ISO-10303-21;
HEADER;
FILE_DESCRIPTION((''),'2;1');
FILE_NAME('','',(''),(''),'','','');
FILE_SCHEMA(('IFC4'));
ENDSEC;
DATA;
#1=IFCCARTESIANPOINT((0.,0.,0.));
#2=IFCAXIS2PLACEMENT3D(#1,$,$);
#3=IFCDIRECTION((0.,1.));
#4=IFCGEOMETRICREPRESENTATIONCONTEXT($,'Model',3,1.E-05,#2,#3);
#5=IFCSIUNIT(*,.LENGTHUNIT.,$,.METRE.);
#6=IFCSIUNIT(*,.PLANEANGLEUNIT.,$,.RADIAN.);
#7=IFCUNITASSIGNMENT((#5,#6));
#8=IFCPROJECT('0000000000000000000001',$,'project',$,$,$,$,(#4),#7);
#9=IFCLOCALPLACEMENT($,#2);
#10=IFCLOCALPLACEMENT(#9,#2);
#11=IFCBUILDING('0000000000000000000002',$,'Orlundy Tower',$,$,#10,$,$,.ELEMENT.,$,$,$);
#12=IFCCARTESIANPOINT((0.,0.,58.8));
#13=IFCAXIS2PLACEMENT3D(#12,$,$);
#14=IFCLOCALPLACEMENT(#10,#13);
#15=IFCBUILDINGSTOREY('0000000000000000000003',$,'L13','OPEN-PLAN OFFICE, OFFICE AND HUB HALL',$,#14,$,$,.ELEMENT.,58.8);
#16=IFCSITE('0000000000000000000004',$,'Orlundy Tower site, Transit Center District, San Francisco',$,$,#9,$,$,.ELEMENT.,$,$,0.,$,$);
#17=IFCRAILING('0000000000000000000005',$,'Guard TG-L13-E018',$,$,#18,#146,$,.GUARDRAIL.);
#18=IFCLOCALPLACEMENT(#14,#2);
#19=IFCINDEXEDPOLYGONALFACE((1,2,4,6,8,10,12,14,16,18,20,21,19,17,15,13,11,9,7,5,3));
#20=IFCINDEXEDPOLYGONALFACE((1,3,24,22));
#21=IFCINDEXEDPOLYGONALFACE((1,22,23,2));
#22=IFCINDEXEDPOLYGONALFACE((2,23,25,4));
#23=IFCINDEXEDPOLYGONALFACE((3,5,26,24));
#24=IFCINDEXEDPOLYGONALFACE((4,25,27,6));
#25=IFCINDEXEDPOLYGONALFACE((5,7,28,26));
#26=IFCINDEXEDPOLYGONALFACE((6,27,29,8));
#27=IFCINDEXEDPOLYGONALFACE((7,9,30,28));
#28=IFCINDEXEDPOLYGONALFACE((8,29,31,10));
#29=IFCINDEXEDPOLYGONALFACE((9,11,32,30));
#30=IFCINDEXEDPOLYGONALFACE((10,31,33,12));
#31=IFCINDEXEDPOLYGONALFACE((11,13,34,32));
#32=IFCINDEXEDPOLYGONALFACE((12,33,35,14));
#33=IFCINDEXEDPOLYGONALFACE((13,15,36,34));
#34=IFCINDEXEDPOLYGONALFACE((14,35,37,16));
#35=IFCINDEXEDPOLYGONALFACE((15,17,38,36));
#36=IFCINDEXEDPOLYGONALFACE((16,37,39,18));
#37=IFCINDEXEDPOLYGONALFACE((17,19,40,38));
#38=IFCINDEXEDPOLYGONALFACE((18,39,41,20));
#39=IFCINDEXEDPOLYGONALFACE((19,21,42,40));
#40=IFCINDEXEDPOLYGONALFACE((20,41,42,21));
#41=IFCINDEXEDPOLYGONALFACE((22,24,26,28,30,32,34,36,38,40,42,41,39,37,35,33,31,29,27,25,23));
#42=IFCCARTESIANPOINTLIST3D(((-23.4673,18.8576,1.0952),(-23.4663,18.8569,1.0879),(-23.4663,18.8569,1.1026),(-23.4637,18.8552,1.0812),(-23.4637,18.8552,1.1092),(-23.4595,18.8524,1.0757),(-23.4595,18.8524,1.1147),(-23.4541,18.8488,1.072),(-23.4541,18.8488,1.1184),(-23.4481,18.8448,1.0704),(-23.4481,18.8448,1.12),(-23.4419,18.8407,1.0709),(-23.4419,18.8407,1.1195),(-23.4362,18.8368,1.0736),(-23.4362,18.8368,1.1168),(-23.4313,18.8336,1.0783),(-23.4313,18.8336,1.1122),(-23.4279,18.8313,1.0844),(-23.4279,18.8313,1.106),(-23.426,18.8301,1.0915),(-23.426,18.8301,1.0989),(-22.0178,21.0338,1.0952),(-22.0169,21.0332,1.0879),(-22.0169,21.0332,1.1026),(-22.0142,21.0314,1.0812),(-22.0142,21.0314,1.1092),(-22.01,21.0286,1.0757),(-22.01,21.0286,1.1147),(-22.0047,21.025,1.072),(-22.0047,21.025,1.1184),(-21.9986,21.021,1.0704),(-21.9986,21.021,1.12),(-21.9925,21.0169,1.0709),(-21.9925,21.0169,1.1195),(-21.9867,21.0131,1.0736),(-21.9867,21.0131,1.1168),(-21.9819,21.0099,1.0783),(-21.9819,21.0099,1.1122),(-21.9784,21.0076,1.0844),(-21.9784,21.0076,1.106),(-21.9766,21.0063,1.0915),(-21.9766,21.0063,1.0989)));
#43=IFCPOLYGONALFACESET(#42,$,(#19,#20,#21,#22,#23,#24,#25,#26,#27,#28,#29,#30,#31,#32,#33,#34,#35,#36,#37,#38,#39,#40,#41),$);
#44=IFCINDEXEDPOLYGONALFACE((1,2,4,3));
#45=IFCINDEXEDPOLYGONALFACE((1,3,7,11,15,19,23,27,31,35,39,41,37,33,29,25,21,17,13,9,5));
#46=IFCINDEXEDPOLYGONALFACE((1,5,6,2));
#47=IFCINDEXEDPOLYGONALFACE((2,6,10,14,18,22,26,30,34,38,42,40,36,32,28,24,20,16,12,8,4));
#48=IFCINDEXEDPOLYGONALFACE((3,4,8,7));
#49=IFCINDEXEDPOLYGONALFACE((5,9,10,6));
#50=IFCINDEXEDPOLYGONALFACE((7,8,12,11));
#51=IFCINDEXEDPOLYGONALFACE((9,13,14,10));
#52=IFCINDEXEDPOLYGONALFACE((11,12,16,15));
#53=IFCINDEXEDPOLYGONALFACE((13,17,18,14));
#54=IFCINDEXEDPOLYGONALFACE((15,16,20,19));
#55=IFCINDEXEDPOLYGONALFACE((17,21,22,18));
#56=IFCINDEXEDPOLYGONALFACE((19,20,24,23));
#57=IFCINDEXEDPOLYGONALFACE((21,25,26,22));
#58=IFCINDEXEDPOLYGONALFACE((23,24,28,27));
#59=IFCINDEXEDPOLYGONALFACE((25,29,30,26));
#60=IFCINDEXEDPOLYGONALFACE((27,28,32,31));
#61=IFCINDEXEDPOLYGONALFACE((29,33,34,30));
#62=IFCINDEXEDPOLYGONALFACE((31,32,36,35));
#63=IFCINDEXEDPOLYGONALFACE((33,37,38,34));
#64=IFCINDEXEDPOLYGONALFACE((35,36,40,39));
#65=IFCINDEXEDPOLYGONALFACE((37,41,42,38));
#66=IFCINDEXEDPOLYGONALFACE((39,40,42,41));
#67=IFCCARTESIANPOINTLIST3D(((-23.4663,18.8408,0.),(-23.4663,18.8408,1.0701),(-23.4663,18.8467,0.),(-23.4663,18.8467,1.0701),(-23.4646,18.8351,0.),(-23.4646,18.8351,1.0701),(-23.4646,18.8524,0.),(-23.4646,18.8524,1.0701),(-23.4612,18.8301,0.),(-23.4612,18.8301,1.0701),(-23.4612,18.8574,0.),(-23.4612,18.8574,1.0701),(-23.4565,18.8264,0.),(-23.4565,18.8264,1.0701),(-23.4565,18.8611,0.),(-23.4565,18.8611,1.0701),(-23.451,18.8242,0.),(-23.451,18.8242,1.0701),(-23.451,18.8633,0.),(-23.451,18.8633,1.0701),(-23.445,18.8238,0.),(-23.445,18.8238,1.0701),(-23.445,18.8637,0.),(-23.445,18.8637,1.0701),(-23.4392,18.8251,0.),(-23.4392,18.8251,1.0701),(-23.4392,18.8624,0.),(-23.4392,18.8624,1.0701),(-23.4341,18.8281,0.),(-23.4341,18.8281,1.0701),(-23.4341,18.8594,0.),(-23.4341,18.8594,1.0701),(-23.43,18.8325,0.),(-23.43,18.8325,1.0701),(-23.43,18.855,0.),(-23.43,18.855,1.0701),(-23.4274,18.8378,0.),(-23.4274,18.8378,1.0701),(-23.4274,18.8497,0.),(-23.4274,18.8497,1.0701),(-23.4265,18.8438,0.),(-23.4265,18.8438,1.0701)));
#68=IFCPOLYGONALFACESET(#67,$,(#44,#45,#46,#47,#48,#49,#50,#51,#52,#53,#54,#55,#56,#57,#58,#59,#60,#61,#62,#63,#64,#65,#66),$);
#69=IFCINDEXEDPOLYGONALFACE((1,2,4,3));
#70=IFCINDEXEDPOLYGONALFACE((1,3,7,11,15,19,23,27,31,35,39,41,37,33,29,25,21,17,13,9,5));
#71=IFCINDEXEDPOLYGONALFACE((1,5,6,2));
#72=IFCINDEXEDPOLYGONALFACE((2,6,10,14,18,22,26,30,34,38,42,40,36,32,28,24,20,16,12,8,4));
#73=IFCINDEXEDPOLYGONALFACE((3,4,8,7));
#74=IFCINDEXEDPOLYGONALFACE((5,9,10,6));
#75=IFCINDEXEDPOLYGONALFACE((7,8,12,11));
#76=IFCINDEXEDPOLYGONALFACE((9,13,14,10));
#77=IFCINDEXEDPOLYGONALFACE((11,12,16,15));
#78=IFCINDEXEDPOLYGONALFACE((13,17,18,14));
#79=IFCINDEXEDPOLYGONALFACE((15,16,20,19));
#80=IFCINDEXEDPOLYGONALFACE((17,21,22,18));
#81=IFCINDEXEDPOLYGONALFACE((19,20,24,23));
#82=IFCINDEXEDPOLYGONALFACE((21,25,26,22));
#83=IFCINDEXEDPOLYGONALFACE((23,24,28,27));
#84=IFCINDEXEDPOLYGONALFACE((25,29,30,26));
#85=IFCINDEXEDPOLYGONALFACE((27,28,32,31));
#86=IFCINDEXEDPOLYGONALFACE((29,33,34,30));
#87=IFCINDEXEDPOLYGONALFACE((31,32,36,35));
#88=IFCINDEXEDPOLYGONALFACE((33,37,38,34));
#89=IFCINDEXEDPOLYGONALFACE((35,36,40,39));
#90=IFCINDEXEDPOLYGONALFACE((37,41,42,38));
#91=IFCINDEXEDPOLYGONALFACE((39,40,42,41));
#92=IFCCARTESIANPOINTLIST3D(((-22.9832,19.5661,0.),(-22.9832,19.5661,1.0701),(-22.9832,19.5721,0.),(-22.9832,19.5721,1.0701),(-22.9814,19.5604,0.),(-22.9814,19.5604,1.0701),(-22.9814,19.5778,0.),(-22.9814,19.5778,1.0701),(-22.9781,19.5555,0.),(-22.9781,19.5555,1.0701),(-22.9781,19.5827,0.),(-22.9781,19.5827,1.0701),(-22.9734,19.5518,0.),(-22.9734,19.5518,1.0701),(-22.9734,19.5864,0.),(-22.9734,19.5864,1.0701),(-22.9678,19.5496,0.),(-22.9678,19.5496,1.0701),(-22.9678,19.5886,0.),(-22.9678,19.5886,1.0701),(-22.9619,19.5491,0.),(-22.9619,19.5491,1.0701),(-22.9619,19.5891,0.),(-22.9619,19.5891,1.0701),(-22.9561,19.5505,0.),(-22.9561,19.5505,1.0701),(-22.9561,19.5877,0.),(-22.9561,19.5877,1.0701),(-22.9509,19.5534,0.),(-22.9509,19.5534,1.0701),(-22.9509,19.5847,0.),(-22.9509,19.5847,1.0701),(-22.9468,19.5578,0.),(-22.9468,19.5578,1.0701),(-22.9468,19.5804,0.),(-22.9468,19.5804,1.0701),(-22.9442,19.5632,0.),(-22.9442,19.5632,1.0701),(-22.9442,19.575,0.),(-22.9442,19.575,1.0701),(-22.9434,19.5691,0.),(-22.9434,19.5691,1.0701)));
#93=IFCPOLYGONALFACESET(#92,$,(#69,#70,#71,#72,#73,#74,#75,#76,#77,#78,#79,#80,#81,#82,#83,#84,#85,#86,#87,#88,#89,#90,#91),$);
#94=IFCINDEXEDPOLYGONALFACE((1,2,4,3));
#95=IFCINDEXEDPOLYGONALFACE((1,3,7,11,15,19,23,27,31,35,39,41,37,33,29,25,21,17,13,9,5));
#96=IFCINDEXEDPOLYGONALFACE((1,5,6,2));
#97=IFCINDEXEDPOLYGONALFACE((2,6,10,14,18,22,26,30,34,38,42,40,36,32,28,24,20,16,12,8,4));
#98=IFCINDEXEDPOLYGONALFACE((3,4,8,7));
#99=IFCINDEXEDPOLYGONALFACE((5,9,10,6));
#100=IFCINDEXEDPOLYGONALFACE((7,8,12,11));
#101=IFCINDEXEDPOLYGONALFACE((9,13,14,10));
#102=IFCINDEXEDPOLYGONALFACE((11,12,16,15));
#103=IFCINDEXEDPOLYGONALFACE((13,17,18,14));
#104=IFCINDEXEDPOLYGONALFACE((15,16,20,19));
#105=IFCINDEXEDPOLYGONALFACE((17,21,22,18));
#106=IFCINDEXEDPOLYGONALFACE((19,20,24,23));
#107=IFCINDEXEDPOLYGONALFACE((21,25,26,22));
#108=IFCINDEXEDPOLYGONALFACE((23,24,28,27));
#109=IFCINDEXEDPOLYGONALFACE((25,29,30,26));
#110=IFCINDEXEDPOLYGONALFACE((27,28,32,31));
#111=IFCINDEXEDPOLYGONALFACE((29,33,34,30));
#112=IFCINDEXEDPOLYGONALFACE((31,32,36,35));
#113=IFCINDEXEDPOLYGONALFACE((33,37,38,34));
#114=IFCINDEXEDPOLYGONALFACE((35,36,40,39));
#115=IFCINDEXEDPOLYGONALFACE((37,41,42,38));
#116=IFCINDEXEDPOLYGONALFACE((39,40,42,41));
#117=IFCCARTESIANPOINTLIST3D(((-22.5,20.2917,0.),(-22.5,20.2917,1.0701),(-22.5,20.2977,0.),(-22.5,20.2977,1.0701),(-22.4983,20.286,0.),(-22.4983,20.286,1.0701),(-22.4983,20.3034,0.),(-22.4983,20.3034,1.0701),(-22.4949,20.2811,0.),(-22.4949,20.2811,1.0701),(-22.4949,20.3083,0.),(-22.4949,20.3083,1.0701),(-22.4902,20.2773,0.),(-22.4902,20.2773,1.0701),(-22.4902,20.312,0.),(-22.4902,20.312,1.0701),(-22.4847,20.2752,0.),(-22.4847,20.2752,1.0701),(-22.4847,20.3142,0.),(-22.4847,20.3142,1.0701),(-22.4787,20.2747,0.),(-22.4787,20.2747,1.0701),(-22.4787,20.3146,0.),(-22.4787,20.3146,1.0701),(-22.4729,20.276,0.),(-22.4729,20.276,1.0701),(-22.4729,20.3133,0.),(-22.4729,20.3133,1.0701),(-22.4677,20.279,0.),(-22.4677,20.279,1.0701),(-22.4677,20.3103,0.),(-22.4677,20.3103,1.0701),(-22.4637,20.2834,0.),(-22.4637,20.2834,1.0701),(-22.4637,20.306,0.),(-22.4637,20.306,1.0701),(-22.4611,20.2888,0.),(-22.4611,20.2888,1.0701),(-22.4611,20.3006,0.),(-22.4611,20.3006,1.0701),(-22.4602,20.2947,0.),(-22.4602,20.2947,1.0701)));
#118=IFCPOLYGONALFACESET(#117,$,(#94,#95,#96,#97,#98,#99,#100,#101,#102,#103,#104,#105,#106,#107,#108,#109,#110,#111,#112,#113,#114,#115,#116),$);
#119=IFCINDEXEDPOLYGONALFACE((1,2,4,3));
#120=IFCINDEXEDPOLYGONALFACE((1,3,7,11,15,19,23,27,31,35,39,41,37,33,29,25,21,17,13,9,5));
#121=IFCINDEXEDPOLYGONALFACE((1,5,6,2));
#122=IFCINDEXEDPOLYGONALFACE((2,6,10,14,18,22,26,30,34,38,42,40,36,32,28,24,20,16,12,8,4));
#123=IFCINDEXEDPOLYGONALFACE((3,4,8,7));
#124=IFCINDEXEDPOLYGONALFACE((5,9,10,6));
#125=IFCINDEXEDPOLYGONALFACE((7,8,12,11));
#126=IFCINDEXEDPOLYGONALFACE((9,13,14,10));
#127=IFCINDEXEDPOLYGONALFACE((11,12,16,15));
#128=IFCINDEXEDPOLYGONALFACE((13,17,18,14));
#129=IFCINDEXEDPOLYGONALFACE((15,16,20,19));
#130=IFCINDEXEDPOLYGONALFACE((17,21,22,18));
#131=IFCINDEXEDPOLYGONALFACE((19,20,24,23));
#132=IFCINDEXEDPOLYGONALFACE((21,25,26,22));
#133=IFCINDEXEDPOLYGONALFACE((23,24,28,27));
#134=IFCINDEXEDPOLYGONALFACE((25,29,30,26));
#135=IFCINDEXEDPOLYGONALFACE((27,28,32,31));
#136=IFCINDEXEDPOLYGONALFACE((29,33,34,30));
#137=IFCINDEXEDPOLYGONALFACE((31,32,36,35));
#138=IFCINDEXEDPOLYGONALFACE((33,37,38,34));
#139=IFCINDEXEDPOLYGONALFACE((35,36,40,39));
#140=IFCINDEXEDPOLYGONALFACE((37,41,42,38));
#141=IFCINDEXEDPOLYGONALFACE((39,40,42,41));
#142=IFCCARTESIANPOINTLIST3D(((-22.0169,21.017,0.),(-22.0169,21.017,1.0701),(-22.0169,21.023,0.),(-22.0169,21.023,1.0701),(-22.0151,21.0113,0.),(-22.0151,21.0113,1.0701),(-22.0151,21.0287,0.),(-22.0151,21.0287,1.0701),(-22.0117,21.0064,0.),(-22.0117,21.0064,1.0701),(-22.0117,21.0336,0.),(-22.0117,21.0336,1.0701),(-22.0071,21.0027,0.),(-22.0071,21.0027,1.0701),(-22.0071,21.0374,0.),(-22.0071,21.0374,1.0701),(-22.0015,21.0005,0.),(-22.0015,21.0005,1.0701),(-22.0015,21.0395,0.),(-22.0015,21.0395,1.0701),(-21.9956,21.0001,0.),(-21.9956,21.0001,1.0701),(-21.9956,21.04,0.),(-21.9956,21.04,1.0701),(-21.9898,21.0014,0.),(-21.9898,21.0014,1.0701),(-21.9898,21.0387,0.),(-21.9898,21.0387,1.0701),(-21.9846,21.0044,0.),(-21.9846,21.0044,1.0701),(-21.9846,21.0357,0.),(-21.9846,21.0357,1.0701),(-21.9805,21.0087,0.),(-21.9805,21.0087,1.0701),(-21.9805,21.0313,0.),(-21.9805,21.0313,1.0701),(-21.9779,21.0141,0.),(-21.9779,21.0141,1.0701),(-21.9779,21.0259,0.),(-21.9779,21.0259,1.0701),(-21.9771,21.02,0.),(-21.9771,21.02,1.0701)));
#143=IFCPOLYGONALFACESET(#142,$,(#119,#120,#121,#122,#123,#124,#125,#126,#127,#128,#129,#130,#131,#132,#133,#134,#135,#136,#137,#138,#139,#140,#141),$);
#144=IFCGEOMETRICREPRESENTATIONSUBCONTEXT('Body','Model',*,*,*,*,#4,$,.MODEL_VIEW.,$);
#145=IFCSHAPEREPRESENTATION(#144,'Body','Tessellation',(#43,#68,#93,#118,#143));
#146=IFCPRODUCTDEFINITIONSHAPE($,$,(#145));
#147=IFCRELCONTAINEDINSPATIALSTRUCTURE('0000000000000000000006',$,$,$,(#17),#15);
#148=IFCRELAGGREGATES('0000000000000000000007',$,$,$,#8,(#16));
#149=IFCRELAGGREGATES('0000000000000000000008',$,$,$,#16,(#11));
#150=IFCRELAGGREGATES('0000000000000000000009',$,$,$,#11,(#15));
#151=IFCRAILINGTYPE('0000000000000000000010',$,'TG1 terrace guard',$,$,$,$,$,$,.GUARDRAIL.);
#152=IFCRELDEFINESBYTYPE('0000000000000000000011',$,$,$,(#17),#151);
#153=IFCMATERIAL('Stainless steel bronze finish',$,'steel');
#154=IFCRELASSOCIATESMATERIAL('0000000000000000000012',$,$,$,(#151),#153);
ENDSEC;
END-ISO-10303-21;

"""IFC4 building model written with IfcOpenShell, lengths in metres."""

from ifc_helpers import new_model, si_unit, direction, frame, origin, origin_2d, place, context, subcontext, project, spatial, circle, extrude, material, type_object, element, save


model = new_model("IFC4")

# Units and contexts
model_context = context("Model", 3, precision=1e-05, world=origin(), true_north=direction((0.0, 1.0)))
body_context = subcontext(model_context, "Body", "Model", "MODEL_VIEW")
ifc_project = project(units=[si_unit("LENGTHUNIT", "METRE"), si_unit("PLANEANGLEUNIT", "RADIAN")], contexts=[model_context])

# Site, building, storey
site_placement = place(None, origin())
site = spatial("IfcSite", under=ifc_project, at=site_placement, Name="Orlundy Tower site, Transit Center District, San Francisco", CompositionType="ELEMENT", RefElevation=0.0)
building_placement = place(site_placement, origin())
building = spatial("IfcBuilding", under=site, at=building_placement, Name="Orlundy Tower", CompositionType="ELEMENT")
storey_placement = place(building_placement, frame((0.0, 0.0, 58.8)))
storey = spatial("IfcBuildingStorey", under=building, at=storey_placement, Name="L13", Description="OPEN-PLAN OFFICE, OFFICE AND HUB HALL", CompositionType="ELEMENT", Elevation=58.8)

# Railing
ifc_material_1 = material(Name="Stainless steel bronze finish", Category="steel")
railing_type = type_object("IfcRailingType", Name="TG1 terrace guard", PredefinedType="GUARDRAIL", material=ifc_material_1)
railing_1_placement = place(storey_placement, frame((-23.4465, 18.8438, 0.0)))
element("IfcRailing", 1, at=railing_1_placement, inside=storey, type_object=railing_type, Name="Guard TG-L13-E018", PredefinedType="GUARDRAIL", context=body_context, shape_type="SweptSolid", body=[
    extrude(circle(Radius=0.0249, at=origin_2d()), frame((0.0, 0.0, 1.0952), z_axis=(0.554334, 0.832294, 0.0), x_axis=(-0.832294, 0.554334, 0.0)), (0.0, 0.0, 1.0), 2.6147),
    extrude(circle(Radius=0.02, at=origin_2d()), origin(), (0.0, 0.0, 1.0), 1.0701),
    extrude(circle(Radius=0.02, at=origin_2d()), frame((0.4832, 0.7253, 0.0)), (0.0, 0.0, 1.0), 1.0701),
    extrude(circle(Radius=0.02, at=origin_2d()), frame((0.9663, 1.4509, 0.0)), (0.0, 0.0, 1.0), 1.0701),
    extrude(circle(Radius=0.02, at=origin_2d()), frame((1.4495, 2.1763, 0.0)), (0.0, 0.0, 1.0), 1.0701),
])

save(model, "model.ifc")
